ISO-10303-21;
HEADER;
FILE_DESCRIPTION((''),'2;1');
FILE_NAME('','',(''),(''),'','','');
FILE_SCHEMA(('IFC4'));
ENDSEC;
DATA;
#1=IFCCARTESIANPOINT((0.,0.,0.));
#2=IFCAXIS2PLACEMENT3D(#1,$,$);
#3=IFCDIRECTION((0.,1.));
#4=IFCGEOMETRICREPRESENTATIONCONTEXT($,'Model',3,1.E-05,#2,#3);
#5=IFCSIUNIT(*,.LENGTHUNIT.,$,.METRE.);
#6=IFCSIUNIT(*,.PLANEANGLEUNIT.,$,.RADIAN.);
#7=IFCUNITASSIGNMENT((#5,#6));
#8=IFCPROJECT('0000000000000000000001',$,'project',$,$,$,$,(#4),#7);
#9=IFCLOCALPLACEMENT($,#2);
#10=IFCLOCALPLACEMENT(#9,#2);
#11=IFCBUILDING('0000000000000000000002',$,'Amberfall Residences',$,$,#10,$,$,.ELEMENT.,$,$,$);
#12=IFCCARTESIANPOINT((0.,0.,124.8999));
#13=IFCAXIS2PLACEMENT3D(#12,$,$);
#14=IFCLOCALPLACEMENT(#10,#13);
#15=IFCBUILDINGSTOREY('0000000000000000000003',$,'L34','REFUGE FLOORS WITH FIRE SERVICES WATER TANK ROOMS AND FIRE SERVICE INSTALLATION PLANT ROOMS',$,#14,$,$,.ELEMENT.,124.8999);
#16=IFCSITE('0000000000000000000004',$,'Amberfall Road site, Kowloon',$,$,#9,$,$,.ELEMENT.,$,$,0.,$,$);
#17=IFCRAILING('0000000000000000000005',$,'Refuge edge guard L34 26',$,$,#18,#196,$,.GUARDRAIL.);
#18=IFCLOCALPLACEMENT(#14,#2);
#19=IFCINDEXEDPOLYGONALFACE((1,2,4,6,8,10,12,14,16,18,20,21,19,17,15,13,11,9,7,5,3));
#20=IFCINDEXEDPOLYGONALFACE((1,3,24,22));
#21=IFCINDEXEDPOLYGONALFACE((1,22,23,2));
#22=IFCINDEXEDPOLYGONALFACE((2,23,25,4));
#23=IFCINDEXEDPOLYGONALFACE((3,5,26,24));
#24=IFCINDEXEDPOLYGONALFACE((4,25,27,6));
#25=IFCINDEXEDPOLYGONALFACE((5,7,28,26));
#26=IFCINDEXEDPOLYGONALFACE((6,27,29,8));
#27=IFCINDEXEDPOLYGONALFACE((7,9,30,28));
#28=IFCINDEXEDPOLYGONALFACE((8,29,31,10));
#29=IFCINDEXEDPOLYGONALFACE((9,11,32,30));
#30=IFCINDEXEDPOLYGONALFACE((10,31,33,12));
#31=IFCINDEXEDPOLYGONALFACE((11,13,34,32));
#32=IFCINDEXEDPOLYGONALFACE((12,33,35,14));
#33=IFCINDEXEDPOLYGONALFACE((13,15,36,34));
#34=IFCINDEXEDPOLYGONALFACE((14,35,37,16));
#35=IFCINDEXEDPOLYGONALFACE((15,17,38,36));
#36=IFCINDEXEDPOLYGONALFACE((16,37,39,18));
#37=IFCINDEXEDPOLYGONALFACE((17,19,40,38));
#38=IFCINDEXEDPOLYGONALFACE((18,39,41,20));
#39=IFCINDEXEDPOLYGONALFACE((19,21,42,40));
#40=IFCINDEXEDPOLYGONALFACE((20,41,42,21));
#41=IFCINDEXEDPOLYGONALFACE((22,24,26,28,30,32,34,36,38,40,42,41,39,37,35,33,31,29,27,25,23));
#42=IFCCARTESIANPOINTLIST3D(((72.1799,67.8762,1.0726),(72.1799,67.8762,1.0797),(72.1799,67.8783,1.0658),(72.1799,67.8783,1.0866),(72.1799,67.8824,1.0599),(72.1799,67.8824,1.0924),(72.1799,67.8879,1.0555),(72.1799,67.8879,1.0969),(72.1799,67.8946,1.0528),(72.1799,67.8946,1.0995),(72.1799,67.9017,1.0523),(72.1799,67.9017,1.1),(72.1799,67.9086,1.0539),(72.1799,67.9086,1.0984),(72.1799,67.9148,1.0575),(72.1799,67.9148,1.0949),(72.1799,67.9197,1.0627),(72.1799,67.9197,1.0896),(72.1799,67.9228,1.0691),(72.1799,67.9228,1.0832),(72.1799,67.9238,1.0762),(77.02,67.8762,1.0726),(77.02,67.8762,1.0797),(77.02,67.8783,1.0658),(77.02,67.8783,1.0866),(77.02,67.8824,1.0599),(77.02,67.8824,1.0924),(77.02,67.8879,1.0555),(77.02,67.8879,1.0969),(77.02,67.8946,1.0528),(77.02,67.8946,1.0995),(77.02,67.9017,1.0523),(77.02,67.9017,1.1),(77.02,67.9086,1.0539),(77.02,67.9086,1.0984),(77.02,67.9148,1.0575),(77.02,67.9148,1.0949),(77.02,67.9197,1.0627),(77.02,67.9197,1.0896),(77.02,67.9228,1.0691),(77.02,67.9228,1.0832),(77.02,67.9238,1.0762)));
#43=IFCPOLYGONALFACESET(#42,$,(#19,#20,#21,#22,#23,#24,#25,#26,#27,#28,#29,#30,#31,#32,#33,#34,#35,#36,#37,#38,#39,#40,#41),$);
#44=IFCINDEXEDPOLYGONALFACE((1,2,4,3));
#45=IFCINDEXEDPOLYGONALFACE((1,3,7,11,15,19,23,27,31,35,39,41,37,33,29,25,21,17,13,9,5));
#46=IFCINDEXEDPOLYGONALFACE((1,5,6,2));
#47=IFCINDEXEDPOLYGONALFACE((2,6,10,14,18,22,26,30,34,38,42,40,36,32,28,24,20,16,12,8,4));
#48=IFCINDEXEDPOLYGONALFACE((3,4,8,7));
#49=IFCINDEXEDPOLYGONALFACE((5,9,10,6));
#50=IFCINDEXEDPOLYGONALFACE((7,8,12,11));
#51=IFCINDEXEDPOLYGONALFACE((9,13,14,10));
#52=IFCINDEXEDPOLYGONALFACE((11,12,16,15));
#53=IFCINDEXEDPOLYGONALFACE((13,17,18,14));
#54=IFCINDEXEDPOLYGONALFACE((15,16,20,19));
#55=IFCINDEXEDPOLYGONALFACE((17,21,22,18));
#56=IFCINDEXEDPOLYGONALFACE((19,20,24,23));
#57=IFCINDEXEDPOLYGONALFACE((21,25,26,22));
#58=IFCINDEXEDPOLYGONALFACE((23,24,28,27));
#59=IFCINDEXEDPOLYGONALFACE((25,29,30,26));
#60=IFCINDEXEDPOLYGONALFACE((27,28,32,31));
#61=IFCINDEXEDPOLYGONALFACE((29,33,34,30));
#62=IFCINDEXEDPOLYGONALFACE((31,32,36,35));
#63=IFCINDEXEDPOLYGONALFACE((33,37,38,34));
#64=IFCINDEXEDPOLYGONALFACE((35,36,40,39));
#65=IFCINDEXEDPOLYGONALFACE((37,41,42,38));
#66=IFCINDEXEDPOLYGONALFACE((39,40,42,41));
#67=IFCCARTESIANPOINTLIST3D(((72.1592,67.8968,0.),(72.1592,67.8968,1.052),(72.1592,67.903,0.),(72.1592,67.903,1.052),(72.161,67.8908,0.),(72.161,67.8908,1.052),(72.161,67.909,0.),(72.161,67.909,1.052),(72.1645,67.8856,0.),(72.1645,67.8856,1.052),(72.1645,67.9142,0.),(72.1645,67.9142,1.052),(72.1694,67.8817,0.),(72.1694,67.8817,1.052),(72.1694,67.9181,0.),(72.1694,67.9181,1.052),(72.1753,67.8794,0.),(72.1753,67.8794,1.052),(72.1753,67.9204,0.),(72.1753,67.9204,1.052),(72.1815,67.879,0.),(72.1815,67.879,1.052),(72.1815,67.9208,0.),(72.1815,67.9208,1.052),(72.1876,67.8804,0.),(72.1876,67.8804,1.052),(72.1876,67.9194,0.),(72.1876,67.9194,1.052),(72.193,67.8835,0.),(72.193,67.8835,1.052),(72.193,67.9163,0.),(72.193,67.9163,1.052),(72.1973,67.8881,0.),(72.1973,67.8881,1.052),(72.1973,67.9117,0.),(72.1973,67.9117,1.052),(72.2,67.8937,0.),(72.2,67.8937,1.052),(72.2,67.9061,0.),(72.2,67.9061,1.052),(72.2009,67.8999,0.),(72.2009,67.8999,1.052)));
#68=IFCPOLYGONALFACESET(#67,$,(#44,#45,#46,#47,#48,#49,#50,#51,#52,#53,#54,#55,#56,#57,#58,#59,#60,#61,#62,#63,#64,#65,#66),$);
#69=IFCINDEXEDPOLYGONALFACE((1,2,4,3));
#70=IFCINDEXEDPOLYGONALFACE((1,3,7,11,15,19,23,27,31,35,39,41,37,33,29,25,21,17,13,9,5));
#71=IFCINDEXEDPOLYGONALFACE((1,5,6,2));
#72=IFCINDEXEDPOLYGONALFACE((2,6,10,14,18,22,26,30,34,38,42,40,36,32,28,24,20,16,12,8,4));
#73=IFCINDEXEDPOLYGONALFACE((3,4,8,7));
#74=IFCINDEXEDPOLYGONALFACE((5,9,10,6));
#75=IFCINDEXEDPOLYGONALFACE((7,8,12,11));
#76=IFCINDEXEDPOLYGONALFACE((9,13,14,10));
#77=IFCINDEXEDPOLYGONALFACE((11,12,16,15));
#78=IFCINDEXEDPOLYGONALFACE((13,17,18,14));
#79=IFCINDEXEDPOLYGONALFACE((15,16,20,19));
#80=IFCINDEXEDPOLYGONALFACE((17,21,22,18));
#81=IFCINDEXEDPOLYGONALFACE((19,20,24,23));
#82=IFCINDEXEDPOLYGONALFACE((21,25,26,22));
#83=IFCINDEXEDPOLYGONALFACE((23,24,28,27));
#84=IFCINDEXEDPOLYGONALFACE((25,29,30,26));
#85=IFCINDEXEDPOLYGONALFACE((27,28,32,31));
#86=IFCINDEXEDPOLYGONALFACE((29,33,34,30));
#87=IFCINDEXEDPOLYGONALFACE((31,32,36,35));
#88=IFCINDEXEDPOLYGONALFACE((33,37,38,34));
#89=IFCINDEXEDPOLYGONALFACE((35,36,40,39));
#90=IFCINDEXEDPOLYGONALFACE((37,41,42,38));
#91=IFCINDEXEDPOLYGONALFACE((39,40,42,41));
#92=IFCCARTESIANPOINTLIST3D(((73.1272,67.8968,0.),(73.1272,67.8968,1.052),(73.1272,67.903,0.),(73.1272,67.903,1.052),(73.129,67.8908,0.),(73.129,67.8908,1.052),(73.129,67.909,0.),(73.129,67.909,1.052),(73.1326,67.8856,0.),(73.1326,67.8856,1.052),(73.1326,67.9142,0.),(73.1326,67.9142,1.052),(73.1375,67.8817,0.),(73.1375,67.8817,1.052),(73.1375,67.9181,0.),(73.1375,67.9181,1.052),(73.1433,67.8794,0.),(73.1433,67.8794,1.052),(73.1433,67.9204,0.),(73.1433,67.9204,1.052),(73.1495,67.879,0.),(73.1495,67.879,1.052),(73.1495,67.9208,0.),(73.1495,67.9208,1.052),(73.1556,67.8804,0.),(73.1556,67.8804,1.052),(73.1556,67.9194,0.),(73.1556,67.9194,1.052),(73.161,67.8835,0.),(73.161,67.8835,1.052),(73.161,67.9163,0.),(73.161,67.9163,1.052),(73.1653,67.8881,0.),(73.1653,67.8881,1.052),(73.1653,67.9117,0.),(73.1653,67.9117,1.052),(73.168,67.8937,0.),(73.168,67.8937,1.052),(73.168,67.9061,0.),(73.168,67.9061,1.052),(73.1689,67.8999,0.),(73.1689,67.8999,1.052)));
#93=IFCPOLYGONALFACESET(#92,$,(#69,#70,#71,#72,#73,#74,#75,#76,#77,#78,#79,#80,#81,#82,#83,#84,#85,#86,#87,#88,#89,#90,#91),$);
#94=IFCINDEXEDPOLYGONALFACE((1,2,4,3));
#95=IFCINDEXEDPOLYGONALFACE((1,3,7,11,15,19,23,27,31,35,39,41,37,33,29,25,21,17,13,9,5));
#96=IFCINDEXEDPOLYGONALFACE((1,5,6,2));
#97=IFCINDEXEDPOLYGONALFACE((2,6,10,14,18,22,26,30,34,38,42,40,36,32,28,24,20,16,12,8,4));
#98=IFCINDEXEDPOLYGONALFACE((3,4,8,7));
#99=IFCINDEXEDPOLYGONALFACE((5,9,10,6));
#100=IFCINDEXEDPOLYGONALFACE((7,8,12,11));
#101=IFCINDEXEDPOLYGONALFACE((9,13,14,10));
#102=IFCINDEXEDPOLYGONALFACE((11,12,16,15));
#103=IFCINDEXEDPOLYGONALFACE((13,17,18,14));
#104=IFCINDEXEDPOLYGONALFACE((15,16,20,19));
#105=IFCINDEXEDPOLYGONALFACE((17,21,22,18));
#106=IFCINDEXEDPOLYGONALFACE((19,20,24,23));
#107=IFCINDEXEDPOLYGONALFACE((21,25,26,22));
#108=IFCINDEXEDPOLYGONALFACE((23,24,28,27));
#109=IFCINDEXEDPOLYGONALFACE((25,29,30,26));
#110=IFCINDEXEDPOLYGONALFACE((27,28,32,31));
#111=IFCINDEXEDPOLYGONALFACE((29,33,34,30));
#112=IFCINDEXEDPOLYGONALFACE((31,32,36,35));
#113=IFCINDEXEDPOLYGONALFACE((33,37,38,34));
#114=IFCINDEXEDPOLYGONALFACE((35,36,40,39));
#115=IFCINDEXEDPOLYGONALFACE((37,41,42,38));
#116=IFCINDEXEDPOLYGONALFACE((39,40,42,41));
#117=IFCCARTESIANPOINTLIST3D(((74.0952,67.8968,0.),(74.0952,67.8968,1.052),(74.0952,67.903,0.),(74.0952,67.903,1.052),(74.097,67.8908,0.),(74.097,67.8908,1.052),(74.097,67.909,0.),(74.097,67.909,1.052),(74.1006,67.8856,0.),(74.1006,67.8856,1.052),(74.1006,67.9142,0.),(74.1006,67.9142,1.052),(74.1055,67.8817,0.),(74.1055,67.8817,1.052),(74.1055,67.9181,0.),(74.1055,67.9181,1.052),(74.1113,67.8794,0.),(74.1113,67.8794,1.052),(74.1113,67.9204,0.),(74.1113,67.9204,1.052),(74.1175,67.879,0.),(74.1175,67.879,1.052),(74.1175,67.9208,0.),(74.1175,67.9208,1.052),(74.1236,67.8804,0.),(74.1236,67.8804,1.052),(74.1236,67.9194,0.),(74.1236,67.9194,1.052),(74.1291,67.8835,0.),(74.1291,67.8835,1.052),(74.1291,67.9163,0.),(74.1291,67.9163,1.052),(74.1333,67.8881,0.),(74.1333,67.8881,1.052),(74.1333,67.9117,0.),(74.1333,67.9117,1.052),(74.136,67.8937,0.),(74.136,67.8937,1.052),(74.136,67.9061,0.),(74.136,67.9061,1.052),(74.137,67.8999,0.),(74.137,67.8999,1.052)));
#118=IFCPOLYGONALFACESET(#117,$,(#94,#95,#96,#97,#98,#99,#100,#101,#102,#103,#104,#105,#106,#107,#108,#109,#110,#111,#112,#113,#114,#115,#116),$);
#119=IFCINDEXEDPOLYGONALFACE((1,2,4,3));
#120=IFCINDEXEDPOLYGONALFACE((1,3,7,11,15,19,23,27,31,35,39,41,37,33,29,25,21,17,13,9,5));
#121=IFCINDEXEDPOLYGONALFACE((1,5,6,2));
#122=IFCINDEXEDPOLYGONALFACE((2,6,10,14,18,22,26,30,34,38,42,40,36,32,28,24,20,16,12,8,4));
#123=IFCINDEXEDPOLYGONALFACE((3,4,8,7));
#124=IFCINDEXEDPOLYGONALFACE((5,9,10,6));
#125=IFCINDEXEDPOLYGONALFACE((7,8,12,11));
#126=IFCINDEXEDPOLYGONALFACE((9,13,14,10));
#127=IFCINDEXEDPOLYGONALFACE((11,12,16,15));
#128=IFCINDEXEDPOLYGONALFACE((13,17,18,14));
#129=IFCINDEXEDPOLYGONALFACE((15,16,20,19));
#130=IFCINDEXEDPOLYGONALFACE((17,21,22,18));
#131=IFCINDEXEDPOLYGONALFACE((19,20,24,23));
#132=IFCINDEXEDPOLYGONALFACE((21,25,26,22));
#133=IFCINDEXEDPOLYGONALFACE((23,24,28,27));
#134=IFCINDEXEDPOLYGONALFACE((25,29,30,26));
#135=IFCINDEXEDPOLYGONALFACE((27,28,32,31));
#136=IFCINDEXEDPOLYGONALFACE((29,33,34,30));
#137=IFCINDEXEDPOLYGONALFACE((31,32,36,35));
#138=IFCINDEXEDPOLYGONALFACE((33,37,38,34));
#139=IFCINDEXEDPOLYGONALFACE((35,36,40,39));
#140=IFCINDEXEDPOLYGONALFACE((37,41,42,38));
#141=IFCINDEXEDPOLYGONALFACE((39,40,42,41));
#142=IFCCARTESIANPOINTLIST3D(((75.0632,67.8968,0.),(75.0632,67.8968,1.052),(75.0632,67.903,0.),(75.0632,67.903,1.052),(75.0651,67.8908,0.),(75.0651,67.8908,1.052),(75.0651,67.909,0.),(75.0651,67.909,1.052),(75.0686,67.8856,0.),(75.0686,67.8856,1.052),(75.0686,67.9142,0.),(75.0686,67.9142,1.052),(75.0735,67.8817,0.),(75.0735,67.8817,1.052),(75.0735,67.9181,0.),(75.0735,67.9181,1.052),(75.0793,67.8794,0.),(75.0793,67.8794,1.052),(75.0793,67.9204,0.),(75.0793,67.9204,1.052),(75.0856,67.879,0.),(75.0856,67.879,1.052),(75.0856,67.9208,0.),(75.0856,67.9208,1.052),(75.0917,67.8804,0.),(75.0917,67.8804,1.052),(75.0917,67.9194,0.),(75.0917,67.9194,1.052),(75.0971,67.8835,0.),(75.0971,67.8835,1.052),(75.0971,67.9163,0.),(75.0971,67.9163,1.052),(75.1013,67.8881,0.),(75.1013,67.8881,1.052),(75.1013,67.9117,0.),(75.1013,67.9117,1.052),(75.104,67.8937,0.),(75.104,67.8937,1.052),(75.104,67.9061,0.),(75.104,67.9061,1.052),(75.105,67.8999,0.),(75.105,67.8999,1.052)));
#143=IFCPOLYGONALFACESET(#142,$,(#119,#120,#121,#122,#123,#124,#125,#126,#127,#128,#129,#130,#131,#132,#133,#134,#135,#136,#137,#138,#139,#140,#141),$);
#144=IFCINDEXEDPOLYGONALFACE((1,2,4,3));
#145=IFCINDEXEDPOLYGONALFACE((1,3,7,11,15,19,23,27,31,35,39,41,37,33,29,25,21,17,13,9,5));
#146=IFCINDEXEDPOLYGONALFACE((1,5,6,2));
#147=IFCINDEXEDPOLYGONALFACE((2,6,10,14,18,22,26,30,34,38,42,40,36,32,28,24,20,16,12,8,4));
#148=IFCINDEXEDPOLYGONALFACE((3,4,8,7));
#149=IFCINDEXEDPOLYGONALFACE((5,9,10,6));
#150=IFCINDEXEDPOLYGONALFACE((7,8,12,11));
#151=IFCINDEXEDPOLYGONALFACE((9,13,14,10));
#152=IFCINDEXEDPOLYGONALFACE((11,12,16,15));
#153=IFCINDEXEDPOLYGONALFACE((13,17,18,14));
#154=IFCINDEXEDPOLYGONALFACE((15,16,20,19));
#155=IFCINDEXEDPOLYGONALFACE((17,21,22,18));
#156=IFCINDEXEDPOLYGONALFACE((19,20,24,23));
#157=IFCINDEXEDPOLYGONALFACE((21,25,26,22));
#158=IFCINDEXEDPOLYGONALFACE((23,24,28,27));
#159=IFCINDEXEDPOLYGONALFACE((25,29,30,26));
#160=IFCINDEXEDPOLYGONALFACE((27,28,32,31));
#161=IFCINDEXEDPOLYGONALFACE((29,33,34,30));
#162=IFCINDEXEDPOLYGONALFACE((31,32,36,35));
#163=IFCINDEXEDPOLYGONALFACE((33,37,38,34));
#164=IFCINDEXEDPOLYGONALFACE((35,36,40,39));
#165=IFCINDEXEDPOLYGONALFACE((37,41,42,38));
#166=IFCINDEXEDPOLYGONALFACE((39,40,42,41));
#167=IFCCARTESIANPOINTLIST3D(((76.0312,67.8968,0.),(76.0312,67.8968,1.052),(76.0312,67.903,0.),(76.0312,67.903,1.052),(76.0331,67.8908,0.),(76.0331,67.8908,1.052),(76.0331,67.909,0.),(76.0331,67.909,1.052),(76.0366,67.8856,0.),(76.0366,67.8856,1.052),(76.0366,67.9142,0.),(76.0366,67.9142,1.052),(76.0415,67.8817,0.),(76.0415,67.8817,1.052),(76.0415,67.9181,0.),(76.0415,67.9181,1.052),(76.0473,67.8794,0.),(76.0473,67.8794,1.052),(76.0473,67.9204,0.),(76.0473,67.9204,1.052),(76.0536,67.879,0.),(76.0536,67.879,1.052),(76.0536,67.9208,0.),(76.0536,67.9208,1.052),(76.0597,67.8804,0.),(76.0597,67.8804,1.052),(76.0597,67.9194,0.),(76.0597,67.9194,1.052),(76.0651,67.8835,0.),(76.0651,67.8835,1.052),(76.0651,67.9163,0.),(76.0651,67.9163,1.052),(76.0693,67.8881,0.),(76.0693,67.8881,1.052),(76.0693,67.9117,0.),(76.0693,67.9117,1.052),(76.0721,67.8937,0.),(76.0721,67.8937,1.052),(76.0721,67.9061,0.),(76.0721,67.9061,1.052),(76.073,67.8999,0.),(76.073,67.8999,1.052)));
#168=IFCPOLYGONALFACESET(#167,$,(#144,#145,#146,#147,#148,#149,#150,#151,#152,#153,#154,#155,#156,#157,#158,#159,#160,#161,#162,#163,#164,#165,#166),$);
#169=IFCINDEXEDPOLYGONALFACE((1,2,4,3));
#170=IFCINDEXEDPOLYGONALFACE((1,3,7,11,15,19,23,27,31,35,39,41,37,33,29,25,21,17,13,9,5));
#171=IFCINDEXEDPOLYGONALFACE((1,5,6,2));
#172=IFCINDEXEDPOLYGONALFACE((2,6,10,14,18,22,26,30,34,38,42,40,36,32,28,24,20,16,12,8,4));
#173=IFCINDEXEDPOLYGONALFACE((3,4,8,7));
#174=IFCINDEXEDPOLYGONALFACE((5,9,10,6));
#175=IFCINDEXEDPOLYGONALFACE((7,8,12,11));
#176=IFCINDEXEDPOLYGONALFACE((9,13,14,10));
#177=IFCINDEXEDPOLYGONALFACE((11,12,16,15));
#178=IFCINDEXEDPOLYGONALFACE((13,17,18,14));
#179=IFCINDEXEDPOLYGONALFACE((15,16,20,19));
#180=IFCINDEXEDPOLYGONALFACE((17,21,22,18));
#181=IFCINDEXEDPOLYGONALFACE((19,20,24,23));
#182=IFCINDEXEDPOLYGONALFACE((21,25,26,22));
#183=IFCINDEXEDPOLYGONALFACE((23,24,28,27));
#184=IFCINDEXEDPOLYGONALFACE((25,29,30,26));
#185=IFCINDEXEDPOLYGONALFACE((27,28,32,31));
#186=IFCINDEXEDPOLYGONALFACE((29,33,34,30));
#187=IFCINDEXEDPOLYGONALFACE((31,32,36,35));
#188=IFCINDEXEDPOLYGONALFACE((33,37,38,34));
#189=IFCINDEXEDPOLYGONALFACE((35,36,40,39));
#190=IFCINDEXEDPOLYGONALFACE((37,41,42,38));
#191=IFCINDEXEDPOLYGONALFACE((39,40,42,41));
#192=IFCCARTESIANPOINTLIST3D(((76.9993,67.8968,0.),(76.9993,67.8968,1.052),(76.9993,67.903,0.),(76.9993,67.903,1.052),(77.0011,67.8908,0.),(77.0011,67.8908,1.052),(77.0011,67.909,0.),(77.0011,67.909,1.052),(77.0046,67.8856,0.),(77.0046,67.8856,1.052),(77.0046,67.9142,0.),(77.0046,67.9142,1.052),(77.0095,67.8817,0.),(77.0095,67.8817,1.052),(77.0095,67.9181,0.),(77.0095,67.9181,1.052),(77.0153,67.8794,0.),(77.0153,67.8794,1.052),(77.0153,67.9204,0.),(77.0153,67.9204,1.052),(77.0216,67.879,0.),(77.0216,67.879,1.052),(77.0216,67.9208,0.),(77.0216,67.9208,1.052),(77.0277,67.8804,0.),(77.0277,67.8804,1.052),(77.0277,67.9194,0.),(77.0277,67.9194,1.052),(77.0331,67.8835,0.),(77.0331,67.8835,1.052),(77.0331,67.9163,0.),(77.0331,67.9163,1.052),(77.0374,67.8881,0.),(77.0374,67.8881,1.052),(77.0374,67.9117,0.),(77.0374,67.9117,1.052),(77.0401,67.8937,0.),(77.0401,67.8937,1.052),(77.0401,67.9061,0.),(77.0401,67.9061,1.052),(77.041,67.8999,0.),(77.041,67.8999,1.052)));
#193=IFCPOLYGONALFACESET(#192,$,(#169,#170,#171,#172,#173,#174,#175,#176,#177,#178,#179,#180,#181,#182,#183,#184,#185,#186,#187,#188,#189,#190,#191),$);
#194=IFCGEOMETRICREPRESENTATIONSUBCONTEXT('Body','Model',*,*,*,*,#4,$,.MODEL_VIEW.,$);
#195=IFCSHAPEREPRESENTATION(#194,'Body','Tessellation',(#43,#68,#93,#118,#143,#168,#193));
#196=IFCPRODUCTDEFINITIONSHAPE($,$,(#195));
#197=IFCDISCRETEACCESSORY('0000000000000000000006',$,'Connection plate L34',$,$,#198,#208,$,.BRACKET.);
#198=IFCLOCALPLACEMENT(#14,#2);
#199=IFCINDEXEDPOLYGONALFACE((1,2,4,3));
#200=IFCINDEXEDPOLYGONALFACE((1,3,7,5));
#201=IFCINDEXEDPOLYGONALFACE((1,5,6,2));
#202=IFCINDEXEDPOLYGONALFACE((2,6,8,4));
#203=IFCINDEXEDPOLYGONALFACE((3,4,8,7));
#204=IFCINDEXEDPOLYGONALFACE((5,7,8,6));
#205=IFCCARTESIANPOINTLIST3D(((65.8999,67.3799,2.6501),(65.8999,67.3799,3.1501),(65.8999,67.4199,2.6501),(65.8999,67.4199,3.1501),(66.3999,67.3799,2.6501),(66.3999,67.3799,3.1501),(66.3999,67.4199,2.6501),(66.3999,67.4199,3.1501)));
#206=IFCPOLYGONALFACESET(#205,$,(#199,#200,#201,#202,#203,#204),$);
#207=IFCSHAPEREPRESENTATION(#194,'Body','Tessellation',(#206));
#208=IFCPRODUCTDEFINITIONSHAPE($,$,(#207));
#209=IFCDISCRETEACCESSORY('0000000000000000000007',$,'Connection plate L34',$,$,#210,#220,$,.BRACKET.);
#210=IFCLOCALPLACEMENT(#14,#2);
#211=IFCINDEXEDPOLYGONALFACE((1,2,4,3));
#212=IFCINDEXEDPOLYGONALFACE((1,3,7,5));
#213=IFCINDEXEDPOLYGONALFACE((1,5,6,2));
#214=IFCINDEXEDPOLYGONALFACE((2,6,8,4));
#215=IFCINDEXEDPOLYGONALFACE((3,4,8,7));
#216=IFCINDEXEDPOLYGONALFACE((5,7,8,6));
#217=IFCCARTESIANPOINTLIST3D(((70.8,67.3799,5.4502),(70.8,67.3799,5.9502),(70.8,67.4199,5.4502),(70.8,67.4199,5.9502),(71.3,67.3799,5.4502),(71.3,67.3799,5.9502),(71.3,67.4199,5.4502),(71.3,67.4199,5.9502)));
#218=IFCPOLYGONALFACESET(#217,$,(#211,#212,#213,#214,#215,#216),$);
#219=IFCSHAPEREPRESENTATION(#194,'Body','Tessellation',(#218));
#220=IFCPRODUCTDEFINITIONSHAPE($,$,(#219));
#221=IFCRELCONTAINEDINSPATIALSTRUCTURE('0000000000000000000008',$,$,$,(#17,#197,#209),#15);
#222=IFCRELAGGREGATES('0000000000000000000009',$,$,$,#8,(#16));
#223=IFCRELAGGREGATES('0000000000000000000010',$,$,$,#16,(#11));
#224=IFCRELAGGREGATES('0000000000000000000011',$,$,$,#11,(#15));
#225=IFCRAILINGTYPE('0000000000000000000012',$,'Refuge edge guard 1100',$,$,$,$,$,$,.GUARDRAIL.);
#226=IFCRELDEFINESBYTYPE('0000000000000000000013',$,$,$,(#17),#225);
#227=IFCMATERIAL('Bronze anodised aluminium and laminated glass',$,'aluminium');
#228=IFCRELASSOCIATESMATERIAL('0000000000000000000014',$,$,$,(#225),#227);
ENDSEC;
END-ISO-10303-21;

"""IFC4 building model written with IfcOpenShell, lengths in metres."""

from ifc_helpers import new_model, si_unit, direction, frame, origin, origin_2d, place, context, subcontext, project, spatial, rectangle, circle, extrude, material, type_object, element, save


model = new_model("IFC4")

# Units and contexts
model_context = context("Model", 3, precision=1e-05, world=origin(), true_north=direction((0.0, 1.0)))
body_context = subcontext(model_context, "Body", "Model", "MODEL_VIEW")
ifc_project = project(units=[si_unit("LENGTHUNIT", "METRE"), si_unit("PLANEANGLEUNIT", "RADIAN")], contexts=[model_context])

# Site, building, storey
site_placement = place(None, origin())
site = spatial("IfcSite", under=ifc_project, at=site_placement, Name="Amberfall Road site, Kowloon", CompositionType="ELEMENT", RefElevation=0.0)
building_placement = place(site_placement, origin())
building = spatial("IfcBuilding", under=site, at=building_placement, Name="Amberfall Residences", CompositionType="ELEMENT")
storey_placement = place(building_placement, frame((0.0, 0.0, 124.8999)))
storey = spatial("IfcBuildingStorey", under=building, at=storey_placement, Name="L34", Description="REFUGE FLOORS WITH FIRE SERVICES WATER TANK ROOMS AND FIRE SERVICE INSTALLATION PLANT ROOMS", CompositionType="ELEMENT", Elevation=124.8999)

# Railing
ifc_material_1 = material(Name="Bronze anodised aluminium and laminated glass", Category="aluminium")
railing_type = type_object("IfcRailingType", Name="Refuge edge guard 1100", PredefinedType="GUARDRAIL", material=ifc_material_1)
for number, where, name in (
    (1, (72.1799, 67.8999, 0.0), "Refuge edge guard L34 26"),
):
    element("IfcRailing", number, at=place(storey_placement, frame(where)), inside=storey, type_object=railing_type, Name=name, PredefinedType="GUARDRAIL", context=body_context, shape_type="SweptSolid", body=[
        extrude(circle(Radius=0.0239, at=origin_2d()), frame((0.0, 0.0, 1.0762), z_axis=(1.0, 0.0, 0.0), x_axis=(0.0, 1.0, 0.0)), (0.0, 0.0, 1.0), 4.8401),
        extrude(circle(Radius=0.021, at=origin_2d()), origin(), (0.0, 0.0, 1.0), 1.052),
        extrude(circle(Radius=0.021, at=origin_2d()), frame((0.968, 0.0, 0.0)), (0.0, 0.0, 1.0), 1.052),
        extrude(circle(Radius=0.021, at=origin_2d()), frame((1.936, 0.0, 0.0)), (0.0, 0.0, 1.0), 1.052),
        extrude(circle(Radius=0.021, at=origin_2d()), frame((2.9041, 0.0, 0.0)), (0.0, 0.0, 1.0), 1.052),
        extrude(circle(Radius=0.021, at=origin_2d()), frame((3.8721, 0.0, 0.0)), (0.0, 0.0, 1.0), 1.052),
        extrude(circle(Radius=0.021, at=origin_2d()), frame((4.8401, 0.0, 0.0)), (0.0, 0.0, 1.0), 1.052),
    ])

# Discrete accessories
for number, where, z_axis, x_axis, name in (
    (2, (66.1499, 67.3999, 2.6501), (0.0, 0.0, 1.0), (1.0, 0.0, 0.0), "Connection plate L34"),
    (3, (71.05, 67.3999, 5.4502), (0.0, 0.0, 1.0), (1.0, 0.0, 0.0), "Connection plate L34"),
):
    element("IfcDiscreteAccessory", number, at=place(storey_placement, frame(where, z_axis=z_axis, x_axis=x_axis)), inside=storey, Name=name, PredefinedType="BRACKET", context=body_context, shape_type="SweptSolid", body=[
        extrude(rectangle(XDim=0.5, YDim=0.04, at=origin_2d()), origin(), (0.0, 0.0, 1.0), 0.5),
    ])

save(model, "model.ifc")
